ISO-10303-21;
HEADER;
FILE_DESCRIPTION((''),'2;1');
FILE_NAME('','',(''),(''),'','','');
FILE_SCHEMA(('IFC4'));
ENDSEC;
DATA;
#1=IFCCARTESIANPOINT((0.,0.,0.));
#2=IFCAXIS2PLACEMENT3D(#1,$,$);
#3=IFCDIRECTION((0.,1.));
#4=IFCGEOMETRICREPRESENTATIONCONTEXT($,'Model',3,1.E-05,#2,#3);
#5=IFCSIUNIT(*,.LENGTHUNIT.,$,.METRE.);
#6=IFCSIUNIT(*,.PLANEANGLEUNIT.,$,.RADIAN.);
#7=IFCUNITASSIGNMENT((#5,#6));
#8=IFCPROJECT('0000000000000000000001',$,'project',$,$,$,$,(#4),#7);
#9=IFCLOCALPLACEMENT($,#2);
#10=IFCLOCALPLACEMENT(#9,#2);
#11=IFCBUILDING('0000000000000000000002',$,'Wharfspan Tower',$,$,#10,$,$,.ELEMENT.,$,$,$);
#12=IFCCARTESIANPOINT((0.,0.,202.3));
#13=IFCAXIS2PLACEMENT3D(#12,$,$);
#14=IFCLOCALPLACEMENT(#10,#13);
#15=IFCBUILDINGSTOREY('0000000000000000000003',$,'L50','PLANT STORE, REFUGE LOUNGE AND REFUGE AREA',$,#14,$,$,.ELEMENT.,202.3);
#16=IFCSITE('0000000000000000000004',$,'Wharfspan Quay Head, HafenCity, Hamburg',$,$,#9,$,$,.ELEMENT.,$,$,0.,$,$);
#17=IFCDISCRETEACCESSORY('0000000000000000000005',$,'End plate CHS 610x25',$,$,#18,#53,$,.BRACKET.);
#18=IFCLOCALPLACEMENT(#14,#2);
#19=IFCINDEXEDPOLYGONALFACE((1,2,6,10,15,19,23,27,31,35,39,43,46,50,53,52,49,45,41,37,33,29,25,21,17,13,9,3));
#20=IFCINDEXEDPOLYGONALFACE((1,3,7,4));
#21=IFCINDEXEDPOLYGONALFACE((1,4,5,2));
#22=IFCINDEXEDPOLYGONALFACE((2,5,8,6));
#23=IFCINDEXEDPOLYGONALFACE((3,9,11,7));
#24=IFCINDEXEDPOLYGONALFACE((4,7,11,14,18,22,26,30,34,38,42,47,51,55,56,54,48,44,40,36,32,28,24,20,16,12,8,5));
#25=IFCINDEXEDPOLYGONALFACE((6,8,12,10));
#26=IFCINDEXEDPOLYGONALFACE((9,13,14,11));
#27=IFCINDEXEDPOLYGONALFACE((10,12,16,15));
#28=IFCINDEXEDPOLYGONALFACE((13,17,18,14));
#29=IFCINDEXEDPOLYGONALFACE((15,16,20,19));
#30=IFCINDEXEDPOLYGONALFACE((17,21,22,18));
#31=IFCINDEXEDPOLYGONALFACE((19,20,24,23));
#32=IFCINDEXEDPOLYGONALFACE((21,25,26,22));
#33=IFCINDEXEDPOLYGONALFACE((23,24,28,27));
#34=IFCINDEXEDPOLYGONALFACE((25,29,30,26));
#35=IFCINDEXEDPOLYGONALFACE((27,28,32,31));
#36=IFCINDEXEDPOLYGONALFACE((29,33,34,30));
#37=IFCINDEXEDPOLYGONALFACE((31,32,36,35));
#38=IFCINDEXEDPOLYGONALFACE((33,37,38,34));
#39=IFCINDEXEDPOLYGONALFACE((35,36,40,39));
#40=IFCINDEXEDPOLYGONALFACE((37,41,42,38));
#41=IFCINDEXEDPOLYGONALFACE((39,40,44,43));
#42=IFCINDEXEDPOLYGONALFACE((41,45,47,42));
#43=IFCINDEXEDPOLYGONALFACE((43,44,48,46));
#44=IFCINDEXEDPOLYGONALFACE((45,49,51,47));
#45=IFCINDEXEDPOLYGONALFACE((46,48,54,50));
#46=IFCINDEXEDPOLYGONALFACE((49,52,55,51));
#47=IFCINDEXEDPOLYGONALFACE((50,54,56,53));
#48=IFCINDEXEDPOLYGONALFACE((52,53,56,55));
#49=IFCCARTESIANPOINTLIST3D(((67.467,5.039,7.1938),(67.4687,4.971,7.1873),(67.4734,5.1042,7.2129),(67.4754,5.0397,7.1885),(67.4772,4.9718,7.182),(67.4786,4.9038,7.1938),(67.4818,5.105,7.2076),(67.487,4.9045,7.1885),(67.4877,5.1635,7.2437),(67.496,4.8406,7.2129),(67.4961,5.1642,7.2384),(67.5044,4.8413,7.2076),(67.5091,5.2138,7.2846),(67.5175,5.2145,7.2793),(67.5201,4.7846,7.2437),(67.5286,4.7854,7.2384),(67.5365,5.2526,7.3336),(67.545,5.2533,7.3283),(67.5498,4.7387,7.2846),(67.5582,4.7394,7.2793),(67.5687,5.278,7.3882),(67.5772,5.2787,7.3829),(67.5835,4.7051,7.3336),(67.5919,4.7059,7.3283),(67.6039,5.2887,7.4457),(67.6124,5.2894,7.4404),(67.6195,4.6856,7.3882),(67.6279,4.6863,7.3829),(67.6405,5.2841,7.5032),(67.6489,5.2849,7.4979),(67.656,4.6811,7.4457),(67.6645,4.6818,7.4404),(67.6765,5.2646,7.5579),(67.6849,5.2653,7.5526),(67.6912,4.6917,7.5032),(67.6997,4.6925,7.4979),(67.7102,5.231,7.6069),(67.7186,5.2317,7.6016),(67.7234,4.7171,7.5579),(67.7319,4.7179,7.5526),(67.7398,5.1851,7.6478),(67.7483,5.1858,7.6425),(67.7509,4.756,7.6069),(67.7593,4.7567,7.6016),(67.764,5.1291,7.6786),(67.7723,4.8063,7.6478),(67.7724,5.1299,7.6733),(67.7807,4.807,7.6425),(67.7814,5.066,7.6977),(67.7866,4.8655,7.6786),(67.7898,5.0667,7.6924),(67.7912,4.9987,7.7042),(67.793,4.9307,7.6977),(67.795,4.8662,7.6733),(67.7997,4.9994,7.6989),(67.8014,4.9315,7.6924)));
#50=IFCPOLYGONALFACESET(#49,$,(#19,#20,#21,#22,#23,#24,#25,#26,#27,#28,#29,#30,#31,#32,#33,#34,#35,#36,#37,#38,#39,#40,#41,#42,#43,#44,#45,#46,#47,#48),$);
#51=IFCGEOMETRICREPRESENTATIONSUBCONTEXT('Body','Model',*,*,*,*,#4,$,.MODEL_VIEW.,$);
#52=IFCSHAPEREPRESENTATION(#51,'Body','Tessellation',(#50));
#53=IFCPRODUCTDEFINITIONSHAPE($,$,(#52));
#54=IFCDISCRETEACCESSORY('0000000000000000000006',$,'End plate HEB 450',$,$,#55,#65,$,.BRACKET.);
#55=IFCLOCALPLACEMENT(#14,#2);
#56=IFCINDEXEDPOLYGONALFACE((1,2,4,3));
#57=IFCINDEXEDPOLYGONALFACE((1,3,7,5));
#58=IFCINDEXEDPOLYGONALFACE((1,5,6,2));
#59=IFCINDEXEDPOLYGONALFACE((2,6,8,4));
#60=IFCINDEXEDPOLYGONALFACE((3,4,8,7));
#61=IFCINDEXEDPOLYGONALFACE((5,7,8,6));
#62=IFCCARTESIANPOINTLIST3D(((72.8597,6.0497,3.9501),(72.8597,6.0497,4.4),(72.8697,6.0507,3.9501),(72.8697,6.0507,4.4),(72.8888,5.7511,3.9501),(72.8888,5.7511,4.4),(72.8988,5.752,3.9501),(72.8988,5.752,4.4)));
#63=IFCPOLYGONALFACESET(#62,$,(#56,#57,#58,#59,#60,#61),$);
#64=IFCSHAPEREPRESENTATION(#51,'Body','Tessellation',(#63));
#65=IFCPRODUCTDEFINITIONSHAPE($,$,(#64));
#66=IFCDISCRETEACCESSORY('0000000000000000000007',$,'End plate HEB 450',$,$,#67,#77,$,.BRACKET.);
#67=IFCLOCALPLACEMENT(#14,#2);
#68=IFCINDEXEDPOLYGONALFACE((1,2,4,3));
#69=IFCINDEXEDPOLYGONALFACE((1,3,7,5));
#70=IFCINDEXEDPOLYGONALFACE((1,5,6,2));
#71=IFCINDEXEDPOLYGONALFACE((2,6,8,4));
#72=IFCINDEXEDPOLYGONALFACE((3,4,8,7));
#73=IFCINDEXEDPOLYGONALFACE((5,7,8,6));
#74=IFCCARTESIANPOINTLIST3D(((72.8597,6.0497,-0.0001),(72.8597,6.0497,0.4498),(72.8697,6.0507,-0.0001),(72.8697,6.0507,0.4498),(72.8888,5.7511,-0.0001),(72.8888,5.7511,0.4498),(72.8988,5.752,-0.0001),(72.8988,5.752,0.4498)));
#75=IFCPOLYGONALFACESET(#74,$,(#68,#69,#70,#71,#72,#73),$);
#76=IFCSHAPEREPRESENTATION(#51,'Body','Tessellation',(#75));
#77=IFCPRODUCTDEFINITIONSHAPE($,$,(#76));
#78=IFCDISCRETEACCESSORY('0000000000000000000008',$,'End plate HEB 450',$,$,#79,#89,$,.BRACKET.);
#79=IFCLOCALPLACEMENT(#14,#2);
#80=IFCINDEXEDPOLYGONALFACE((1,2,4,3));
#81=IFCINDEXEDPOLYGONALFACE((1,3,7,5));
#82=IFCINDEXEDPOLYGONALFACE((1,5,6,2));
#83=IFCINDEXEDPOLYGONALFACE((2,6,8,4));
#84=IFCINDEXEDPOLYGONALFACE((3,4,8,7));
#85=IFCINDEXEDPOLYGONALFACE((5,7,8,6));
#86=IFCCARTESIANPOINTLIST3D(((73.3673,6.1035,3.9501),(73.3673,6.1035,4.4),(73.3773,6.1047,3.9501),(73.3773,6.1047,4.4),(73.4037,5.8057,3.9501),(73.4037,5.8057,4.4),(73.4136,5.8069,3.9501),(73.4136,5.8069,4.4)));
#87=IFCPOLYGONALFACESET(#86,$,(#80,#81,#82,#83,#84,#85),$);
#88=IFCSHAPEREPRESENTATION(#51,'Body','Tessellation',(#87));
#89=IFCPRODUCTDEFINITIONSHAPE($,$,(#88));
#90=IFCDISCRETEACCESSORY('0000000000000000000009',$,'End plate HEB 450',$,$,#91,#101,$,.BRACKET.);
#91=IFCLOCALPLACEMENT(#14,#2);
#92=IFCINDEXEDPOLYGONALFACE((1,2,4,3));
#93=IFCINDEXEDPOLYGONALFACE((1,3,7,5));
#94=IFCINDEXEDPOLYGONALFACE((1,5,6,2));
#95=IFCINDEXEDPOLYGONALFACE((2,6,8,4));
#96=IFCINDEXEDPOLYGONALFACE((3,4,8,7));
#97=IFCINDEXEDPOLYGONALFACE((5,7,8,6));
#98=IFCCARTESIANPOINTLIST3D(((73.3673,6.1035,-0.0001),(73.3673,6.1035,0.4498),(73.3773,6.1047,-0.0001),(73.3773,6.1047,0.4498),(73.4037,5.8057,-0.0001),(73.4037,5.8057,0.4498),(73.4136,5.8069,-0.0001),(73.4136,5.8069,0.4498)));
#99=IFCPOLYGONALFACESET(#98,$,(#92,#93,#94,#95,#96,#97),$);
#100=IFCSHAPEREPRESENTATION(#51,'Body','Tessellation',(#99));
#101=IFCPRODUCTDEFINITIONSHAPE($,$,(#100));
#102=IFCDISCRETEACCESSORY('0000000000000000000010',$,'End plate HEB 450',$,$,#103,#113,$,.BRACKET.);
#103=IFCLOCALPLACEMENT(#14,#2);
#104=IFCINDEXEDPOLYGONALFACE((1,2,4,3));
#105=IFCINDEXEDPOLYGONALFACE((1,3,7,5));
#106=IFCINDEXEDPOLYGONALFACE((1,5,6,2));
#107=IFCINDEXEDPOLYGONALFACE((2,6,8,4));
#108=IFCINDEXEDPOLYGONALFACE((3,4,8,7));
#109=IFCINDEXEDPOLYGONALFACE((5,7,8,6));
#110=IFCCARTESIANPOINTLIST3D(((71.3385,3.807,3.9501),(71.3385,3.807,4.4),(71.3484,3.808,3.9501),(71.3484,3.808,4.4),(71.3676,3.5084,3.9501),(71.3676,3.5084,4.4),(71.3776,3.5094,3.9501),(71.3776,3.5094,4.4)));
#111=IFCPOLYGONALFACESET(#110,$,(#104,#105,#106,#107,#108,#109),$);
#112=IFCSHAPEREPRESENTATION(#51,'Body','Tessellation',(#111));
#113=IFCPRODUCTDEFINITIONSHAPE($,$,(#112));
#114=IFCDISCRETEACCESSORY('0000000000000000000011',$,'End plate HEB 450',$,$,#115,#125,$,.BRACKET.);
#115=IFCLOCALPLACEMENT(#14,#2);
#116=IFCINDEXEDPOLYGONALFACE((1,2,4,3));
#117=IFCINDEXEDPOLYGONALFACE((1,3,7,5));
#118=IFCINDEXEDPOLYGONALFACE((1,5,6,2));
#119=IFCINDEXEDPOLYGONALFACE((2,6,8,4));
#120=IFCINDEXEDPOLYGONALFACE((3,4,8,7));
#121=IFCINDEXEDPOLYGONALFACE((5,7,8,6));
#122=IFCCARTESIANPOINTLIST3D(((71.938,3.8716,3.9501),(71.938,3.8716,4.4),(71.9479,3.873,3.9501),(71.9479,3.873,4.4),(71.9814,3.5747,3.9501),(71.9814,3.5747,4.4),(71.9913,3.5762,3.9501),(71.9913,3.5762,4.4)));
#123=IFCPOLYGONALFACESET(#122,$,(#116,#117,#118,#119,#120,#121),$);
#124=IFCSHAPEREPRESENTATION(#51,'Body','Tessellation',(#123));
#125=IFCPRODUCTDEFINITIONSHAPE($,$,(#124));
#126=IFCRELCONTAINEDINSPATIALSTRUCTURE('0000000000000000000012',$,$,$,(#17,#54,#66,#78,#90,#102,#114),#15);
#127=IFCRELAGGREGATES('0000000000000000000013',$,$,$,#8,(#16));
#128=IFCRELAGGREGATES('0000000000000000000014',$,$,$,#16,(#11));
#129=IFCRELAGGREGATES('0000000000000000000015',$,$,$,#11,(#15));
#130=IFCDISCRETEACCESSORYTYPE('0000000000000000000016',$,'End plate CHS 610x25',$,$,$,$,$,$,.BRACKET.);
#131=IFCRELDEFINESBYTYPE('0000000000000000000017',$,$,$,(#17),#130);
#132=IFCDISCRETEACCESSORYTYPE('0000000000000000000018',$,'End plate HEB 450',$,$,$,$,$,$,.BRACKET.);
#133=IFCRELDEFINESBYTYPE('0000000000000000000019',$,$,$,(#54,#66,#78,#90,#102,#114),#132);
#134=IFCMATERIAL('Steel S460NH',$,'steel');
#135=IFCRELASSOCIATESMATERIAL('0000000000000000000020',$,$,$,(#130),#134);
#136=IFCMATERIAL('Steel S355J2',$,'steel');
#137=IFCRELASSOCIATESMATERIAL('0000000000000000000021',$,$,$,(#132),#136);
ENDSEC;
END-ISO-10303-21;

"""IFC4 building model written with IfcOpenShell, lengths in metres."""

from ifc_helpers import new_model, si_unit, direction, frame, origin, origin_2d, place, context, subcontext, project, spatial, rectangle, circle, extrude, material, material_profile, profile_set, type_object, element, save


model = new_model("IFC4")

# Units and contexts
model_context = context("Model", 3, precision=1e-05, world=origin(), true_north=direction((0.0, 1.0)))
body_context = subcontext(model_context, "Body", "Model", "MODEL_VIEW")
ifc_project = project(units=[si_unit("LENGTHUNIT", "METRE"), si_unit("PLANEANGLEUNIT", "RADIAN")], contexts=[model_context])

# Site, building, storey
site_placement = place(None, origin())
site = spatial("IfcSite", under=ifc_project, at=site_placement, Name="Wharfspan Quay Head, HafenCity, Hamburg", CompositionType="ELEMENT", RefElevation=0.0)
building_placement = place(site_placement, origin())
building = spatial("IfcBuilding", under=site, at=building_placement, Name="Wharfspan Tower", CompositionType="ELEMENT")
storey_placement = place(building_placement, frame((0.0, 0.0, 202.3)))
storey = spatial("IfcBuildingStorey", under=building, at=storey_placement, Name="L50", Description="PLANT STORE, REFUGE LOUNGE AND REFUGE AREA", CompositionType="ELEMENT", Elevation=202.3)

# Shared definitions
ifc_material_1 = material(Name="Steel S355J2", Category="steel")
ifc_material_2 = material(Name="Steel S460NH", Category="steel")

# Discrete accessories
ifc_material_profile_1 = material_profile(ifc_material_2, circle(Radius=0.3049, at=origin_2d()))
ifc_profile_set_1 = profile_set([ifc_material_profile_1], Name="Steel S460NH")
discrete_accessory_type_1 = type_object("IfcDiscreteAccessoryType", Name="End plate CHS 610x25", PredefinedType="BRACKET", material=ifc_profile_set_1)
for number, where, z_axis, x_axis, name in (
    (1, (67.6384, 4.9856, 7.4404), (-0.844416, -0.072379, 0.530776), (0.085402, -0.99635, 0.0), "End plate CHS 610x25"),
):
    element("IfcDiscreteAccessory", number, at=place(storey_placement, frame(where, z_axis=z_axis, x_axis=x_axis)), inside=storey, type_object=discrete_accessory_type_1, Name=name, PredefinedType="BRACKET", context=body_context, shape_type="SweptSolid", body=[
        extrude(circle(Radius=0.3049, at=origin_2d()), origin(), (0.0, 0.0, 1.0), 0.01),
    ])
ifc_material_profile_2 = material_profile(ifc_material_1, rectangle(XDim=0.3, YDim=0.45, at=origin_2d()))
ifc_profile_set_2 = profile_set([ifc_material_profile_2], Name="Steel S355J2")
discrete_accessory_type_2 = type_object("IfcDiscreteAccessoryType", Name="End plate HEB 450", PredefinedType="BRACKET", material=ifc_profile_set_2)
for number, where, z_axis, x_axis, name in (
    (2, (72.8743, 5.9004, 4.175), (0.995275, 0.0971, 0.0), (-0.0971, 0.995275, 0.0), "End plate HEB 450"),
    (3, (72.8743, 5.9004, 0.2249), (0.995275, 0.0971, 0.0), (-0.0971, 0.995275, 0.0), "End plate HEB 450"),
    (4, (73.3855, 5.9546, 4.175), (0.992646, 0.121054, 0.0), (-0.121054, 0.992646, 0.0), "End plate HEB 450"),
    (5, (73.3855, 5.9546, 0.2249), (0.992646, 0.121054, 0.0), (-0.121054, 0.992646, 0.0), "End plate HEB 450"),
    (6, (71.353, 3.6577, 4.175), (0.995275, 0.0971, 0.0), (-0.0971, 0.995275, 0.0), "End plate HEB 450"),
    (7, (71.9597, 3.7231, 4.175), (0.989461, 0.144799, 0.0), (-0.144799, 0.989461, 0.0), "End plate HEB 450"),
):
    element("IfcDiscreteAccessory", number, at=place(storey_placement, frame(where, z_axis=z_axis, x_axis=x_axis)), inside=storey, type_object=discrete_accessory_type_2, Name=name, PredefinedType="BRACKET", context=body_context, shape_type="SweptSolid", body=[
        extrude(rectangle(XDim=0.3, YDim=0.45, at=origin_2d()), origin(), (0.0, 0.0, 1.0), 0.01),
    ])

save(model, "model.ifc")
